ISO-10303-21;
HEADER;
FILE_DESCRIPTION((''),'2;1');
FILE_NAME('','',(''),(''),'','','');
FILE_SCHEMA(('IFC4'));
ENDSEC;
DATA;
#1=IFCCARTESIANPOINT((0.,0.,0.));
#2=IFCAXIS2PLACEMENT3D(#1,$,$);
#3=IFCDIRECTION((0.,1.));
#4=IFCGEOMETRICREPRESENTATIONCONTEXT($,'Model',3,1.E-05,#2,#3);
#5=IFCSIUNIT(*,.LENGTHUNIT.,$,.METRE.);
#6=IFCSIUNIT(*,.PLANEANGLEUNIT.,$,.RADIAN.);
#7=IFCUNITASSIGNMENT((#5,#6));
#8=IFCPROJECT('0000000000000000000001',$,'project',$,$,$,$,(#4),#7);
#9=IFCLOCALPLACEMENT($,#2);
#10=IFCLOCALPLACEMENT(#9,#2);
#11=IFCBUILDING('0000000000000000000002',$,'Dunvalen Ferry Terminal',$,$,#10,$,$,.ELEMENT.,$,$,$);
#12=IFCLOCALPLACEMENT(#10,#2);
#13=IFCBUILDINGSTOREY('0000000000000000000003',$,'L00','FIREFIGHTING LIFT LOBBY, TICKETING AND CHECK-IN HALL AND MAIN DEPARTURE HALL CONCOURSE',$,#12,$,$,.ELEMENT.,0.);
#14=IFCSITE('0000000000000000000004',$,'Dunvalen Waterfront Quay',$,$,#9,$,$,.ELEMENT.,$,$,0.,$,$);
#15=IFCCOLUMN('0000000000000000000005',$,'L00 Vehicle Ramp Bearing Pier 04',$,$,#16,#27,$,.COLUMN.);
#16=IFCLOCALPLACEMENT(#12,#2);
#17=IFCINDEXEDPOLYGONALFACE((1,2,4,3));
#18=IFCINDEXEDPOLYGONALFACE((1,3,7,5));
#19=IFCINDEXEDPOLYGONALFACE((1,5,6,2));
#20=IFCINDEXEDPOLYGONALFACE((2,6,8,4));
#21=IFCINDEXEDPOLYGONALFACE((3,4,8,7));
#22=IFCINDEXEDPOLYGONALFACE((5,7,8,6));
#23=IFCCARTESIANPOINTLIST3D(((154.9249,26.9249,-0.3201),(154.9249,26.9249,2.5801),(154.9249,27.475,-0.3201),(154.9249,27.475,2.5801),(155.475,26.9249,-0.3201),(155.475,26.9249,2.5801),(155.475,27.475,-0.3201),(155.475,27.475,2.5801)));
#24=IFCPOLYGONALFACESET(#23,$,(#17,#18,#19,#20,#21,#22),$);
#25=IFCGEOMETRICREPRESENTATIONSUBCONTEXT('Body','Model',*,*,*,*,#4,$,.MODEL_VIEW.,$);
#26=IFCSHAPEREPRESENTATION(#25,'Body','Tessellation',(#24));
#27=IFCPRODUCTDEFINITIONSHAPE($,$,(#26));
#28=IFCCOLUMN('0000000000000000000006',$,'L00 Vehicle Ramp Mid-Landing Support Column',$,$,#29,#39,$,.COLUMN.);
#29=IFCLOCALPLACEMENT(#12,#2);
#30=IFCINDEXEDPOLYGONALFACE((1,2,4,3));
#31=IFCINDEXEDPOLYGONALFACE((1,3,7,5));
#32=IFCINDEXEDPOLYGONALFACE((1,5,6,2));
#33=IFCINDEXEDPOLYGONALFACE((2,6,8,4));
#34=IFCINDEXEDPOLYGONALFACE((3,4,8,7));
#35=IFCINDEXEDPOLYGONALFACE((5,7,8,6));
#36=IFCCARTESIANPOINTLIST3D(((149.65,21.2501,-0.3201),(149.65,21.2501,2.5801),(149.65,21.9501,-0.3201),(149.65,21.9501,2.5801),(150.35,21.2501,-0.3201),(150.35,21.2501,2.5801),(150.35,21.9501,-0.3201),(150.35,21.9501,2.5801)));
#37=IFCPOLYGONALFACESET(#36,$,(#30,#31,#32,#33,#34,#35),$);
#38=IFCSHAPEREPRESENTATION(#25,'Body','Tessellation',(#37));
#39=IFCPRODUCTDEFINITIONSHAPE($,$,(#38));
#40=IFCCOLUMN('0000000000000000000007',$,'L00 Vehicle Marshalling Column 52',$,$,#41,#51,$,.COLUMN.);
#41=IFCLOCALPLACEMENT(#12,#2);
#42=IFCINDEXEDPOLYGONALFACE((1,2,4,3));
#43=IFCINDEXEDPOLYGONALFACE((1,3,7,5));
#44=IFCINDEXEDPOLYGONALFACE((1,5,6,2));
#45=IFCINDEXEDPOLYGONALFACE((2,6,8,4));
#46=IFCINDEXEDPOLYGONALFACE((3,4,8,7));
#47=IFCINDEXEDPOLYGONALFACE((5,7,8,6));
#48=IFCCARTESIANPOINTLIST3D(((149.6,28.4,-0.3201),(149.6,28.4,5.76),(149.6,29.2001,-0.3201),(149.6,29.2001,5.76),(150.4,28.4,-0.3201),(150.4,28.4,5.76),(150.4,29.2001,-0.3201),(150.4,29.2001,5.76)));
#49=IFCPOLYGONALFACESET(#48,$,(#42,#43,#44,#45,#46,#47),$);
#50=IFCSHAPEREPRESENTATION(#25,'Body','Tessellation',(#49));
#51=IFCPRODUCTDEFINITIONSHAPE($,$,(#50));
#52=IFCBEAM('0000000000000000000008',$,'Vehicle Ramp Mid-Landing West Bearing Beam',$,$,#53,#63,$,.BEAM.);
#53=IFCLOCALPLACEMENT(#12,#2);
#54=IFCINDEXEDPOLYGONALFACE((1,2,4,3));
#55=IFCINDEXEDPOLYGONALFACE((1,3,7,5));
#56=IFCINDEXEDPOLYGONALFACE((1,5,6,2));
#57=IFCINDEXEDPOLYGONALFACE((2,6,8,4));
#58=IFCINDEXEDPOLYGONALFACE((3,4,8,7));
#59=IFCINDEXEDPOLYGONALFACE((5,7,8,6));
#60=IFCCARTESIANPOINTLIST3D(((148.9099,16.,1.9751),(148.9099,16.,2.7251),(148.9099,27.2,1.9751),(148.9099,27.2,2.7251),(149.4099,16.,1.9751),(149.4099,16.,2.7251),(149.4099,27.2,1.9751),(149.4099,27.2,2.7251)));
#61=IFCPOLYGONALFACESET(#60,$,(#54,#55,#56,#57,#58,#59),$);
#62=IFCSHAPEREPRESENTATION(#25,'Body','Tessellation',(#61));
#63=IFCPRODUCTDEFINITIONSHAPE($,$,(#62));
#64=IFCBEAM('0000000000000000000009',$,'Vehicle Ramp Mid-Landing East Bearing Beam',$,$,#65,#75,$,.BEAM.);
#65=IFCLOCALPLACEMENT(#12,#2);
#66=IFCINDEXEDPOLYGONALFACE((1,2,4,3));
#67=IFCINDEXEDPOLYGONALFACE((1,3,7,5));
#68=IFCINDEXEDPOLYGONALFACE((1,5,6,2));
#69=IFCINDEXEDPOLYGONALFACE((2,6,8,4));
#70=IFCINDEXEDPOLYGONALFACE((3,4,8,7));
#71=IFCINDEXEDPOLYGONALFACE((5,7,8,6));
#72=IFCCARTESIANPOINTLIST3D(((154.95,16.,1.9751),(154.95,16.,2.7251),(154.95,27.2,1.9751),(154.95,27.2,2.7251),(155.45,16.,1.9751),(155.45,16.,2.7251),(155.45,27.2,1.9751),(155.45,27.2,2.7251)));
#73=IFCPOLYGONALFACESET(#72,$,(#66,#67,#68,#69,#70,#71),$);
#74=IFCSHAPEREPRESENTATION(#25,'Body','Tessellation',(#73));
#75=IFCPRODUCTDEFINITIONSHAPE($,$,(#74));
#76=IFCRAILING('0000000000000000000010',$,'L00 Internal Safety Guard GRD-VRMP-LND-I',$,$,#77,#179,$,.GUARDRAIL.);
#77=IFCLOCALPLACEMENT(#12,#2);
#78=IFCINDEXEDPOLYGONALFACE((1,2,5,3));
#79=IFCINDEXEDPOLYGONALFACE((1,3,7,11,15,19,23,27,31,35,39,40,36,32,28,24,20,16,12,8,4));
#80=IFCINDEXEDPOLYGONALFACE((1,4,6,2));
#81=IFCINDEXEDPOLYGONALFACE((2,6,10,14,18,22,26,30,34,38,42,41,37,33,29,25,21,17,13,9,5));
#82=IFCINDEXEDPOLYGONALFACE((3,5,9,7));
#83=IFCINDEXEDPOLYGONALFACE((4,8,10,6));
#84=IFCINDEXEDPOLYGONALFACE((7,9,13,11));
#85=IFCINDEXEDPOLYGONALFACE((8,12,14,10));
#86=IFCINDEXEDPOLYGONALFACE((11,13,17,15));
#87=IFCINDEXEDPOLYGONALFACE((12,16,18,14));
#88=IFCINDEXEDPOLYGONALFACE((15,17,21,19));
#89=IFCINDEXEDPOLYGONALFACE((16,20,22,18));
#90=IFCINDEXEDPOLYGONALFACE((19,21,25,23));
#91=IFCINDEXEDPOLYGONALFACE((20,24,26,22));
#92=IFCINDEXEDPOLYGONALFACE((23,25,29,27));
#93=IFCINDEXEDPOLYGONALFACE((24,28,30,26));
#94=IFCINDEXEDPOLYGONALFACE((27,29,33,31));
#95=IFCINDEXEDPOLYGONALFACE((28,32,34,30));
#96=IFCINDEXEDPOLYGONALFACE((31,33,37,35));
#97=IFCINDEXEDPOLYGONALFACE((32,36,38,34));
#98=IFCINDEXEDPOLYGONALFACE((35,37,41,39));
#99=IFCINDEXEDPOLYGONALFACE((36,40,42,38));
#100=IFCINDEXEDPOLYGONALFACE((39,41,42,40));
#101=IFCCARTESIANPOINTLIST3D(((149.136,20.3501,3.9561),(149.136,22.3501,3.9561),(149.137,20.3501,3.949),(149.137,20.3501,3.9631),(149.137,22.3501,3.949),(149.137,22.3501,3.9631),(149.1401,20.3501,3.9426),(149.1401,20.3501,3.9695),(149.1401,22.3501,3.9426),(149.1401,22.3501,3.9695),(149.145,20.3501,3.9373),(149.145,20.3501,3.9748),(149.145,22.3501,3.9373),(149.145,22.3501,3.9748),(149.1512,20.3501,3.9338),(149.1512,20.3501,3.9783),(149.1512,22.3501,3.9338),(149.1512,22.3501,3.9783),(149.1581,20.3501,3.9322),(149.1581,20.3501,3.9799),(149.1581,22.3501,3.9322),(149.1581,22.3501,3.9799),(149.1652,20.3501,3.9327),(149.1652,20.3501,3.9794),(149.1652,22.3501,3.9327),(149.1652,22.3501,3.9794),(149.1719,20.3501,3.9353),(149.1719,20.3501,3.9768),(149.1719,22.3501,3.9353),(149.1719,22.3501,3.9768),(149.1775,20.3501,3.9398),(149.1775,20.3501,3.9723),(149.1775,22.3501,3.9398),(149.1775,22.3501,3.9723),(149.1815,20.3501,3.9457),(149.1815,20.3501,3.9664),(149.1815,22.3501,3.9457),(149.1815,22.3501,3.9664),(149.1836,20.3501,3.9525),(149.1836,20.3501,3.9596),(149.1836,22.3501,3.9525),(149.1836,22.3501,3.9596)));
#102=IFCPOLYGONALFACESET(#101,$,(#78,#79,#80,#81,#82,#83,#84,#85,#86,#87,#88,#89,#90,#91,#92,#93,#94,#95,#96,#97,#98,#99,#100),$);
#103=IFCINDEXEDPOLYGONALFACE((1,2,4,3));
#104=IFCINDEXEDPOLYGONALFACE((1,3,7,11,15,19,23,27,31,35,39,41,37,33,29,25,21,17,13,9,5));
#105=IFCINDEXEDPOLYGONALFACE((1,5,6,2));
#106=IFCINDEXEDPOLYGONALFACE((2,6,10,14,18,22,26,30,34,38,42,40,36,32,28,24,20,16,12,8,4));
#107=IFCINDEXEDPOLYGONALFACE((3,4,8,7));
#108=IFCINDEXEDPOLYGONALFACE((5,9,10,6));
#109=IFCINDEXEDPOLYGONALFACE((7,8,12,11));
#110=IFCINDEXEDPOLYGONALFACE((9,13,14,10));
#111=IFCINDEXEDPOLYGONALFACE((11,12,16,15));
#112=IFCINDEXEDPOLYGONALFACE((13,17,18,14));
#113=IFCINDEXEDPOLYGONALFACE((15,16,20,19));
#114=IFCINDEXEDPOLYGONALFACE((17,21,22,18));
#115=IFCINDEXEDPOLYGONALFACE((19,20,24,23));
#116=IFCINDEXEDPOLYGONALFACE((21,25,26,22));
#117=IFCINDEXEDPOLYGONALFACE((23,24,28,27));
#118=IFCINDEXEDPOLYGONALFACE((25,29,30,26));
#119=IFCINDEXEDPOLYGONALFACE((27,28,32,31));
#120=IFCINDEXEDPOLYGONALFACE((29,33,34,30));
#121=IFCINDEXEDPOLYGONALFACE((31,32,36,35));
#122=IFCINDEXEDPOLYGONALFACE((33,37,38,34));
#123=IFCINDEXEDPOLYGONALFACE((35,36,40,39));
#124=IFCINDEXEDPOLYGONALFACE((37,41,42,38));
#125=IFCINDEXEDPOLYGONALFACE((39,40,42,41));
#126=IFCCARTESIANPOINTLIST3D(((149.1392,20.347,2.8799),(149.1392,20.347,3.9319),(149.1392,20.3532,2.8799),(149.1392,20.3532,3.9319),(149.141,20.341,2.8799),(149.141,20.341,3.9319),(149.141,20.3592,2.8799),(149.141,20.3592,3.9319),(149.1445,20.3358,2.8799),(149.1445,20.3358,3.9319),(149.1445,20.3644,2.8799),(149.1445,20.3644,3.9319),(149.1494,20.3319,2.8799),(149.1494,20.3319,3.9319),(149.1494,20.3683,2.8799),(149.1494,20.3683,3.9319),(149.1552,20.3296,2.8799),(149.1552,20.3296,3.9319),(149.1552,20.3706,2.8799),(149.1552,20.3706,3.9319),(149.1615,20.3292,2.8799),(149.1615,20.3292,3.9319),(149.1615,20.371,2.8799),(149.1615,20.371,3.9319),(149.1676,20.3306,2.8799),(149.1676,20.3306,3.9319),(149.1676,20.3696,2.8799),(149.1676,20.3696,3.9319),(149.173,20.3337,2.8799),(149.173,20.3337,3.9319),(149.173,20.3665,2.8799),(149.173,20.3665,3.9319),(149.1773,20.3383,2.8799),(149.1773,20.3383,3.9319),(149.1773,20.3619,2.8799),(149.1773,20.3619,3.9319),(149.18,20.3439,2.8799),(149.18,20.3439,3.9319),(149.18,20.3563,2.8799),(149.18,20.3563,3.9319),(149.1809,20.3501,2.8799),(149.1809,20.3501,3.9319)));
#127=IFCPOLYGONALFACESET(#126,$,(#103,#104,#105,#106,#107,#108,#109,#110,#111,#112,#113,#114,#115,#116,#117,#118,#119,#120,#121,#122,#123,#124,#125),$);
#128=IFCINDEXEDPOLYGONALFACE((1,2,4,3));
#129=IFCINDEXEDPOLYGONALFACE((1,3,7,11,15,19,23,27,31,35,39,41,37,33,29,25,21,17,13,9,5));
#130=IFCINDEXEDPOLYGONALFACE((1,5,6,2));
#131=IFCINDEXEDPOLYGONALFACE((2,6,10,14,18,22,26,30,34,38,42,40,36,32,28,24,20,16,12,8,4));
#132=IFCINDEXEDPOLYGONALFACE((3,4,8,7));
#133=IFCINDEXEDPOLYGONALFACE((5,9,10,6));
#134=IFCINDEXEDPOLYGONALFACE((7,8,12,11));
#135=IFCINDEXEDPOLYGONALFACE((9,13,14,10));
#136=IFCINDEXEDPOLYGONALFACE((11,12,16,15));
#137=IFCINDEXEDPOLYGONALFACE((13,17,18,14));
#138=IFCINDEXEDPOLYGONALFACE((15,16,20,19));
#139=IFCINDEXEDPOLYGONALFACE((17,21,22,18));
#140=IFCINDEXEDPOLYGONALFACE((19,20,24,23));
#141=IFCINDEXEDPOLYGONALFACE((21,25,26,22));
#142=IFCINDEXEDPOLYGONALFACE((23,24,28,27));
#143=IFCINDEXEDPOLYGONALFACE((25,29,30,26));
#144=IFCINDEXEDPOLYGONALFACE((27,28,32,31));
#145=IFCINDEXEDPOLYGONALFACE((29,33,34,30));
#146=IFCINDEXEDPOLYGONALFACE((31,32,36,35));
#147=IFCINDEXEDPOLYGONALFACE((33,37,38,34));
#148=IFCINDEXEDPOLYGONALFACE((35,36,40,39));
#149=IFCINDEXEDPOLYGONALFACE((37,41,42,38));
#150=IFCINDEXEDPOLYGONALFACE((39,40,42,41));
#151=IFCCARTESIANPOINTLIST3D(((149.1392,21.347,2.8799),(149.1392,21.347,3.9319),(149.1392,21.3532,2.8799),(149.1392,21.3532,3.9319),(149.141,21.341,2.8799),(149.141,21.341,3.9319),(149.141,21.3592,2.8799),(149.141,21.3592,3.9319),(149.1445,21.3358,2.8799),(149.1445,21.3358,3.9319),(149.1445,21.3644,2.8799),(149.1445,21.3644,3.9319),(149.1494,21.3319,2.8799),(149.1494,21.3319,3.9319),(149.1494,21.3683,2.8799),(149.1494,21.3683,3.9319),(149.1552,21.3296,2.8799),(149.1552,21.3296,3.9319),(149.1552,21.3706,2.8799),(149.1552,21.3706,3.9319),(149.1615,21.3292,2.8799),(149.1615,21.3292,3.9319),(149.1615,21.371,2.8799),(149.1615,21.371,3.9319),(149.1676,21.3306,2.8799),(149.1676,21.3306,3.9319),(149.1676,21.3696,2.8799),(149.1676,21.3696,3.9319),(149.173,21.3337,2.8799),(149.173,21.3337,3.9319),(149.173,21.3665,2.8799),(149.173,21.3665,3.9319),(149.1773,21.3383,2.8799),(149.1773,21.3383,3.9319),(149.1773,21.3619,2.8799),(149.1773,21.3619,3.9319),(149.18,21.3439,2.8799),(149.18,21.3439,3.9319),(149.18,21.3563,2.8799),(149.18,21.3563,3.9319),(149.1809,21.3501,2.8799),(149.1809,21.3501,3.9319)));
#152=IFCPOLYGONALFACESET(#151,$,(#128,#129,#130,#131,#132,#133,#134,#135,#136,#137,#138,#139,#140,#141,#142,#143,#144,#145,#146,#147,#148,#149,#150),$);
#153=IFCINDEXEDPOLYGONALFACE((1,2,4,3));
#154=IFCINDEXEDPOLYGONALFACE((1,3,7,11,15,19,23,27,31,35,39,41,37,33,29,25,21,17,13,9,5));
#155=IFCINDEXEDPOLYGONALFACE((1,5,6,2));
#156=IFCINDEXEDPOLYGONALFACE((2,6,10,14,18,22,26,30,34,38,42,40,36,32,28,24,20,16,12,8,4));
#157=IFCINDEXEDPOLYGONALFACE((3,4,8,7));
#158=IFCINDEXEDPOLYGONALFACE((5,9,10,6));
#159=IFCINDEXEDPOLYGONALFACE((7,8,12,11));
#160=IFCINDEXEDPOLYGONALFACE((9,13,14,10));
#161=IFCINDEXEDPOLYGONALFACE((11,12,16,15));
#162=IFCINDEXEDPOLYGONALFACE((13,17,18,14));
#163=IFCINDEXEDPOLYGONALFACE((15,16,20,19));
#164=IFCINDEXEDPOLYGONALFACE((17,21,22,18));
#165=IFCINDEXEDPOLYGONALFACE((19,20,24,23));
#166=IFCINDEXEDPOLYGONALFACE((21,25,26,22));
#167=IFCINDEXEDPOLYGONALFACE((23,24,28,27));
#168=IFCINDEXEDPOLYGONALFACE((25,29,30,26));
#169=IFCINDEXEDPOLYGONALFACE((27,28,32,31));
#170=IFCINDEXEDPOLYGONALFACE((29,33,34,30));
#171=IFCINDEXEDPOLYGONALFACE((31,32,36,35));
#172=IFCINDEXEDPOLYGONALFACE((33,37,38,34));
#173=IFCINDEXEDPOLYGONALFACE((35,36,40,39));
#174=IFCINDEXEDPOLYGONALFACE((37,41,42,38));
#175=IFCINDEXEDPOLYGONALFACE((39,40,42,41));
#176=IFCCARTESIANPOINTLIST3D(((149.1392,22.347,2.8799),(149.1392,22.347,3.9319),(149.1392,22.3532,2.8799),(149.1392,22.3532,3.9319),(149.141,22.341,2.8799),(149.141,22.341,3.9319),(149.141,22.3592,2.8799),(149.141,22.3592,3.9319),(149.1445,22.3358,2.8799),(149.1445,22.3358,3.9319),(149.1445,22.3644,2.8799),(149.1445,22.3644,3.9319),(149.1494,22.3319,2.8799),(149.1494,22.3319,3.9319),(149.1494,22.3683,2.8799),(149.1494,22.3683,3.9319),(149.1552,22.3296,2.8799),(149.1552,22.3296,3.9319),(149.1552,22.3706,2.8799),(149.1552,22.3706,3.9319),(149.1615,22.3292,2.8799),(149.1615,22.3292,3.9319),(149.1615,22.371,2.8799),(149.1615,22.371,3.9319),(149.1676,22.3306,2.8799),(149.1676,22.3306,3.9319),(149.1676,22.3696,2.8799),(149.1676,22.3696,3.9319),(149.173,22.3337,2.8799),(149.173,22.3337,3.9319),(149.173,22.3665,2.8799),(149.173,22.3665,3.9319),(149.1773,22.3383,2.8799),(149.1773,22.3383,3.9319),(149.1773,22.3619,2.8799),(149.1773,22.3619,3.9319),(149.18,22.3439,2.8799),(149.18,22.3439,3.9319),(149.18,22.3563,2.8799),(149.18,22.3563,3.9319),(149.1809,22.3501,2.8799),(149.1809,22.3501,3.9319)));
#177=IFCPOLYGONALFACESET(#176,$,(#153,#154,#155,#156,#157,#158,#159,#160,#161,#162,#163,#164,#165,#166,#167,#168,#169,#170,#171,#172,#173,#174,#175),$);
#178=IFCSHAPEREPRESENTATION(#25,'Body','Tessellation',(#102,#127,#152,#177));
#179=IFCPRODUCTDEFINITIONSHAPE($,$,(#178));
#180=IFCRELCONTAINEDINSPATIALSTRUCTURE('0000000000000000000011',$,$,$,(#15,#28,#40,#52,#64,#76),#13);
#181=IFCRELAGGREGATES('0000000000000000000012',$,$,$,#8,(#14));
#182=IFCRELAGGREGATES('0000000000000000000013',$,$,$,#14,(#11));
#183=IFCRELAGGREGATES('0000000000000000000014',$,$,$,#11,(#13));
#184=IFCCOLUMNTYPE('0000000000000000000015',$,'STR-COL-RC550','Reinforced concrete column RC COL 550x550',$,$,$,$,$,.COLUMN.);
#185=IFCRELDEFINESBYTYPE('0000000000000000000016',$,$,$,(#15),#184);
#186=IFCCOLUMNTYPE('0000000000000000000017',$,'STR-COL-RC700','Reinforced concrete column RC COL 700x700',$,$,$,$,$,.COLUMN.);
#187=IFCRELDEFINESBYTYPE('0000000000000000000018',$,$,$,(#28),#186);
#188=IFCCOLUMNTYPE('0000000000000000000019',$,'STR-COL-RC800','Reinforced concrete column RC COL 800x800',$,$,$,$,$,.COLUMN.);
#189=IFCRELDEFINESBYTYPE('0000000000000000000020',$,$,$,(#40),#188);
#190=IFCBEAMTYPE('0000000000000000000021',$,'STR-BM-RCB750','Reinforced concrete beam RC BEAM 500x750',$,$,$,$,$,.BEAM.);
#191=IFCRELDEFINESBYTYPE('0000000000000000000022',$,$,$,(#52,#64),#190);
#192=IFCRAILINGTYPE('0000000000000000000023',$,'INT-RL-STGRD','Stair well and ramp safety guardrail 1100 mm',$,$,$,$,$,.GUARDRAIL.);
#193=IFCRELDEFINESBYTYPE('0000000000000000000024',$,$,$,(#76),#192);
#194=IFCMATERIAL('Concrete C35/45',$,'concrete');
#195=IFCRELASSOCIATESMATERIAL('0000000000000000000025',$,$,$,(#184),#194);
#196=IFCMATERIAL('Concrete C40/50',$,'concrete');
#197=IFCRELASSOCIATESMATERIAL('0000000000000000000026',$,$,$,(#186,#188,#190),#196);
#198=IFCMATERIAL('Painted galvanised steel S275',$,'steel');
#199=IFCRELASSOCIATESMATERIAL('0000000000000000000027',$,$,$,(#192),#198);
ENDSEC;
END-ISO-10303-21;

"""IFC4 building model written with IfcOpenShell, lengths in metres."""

from ifc_helpers import new_model, si_unit, direction, frame, origin, origin_2d, place, context, subcontext, project, spatial, rectangle, circle, extrude, material, material_profile, profile_set, type_object, element, save


model = new_model("IFC4")

# Units and contexts
model_context = context("Model", 3, precision=1e-05, world=origin(), true_north=direction((0.0, 1.0)))
body_context = subcontext(model_context, "Body", "Model", "MODEL_VIEW")
ifc_project = project(units=[si_unit("LENGTHUNIT", "METRE"), si_unit("PLANEANGLEUNIT", "RADIAN")], contexts=[model_context])

# Site, building, storey
site_placement = place(None, origin())
site = spatial("IfcSite", under=ifc_project, at=site_placement, Name="Dunvalen Waterfront Quay", CompositionType="ELEMENT", RefElevation=0.0)
building_placement = place(site_placement, origin())
building = spatial("IfcBuilding", under=site, at=building_placement, Name="Dunvalen Ferry Terminal", CompositionType="ELEMENT")
storey_placement = place(building_placement, origin())
storey = spatial("IfcBuildingStorey", under=building, at=storey_placement, Name="L00", Description="FIREFIGHTING LIFT LOBBY, TICKETING AND CHECK-IN HALL AND MAIN DEPARTURE HALL CONCOURSE", CompositionType="ELEMENT", Elevation=0.0)

# Shared definitions
ifc_material_1 = material(Name="Concrete C40/50", Category="concrete")

# Columns
ifc_material_2 = material(Name="Concrete C35/45", Category="concrete")
ifc_material_profile_1 = material_profile(ifc_material_2, rectangle(XDim=0.55, YDim=0.55, at=origin_2d()), Name="Concrete C35/45")
ifc_profile_set_1 = profile_set([ifc_material_profile_1], Name="Concrete C35/45")
column_type_1 = type_object("IfcColumnType", Name="STR-COL-RC550", Description="Reinforced concrete column RC COL 550x550", PredefinedType="COLUMN", material=ifc_profile_set_1)
for number, where, z_axis, x_axis, name in (
    (1, (155.2, 27.2, -0.3201), (0.0, 0.0, 1.0), (1.0, 0.0, 0.0), "L00 Vehicle Ramp Bearing Pier 04"),
):
    element("IfcColumn", number, at=place(storey_placement, frame(where, z_axis=z_axis, x_axis=x_axis)), inside=storey, type_object=column_type_1, Name=name, PredefinedType="COLUMN", context=body_context, shape_type="SweptSolid", body=[
        extrude(rectangle(XDim=0.55, YDim=0.55, at=origin_2d()), origin(), (0.0, 0.0, 1.0), 2.9001),
    ])
ifc_material_profile_2 = material_profile(ifc_material_1, rectangle(XDim=0.7, YDim=0.7, at=origin_2d()), Name="Concrete C40/50")
ifc_profile_set_2 = profile_set([ifc_material_profile_2], Name="Concrete C40/50")
column_type_2 = type_object("IfcColumnType", Name="STR-COL-RC700", Description="Reinforced concrete column RC COL 700x700", PredefinedType="COLUMN", material=ifc_profile_set_2)
column_1_placement = place(storey_placement, frame((150.0, 21.6001, -0.3201), z_axis=(0.0, 0.0, 1.0), x_axis=(1.0, 0.0, 0.0)))
element("IfcColumn", 2, at=column_1_placement, inside=storey, type_object=column_type_2, Name="L00 Vehicle Ramp Mid-Landing Support Column", PredefinedType="COLUMN", context=body_context, shape_type="SweptSolid", body=[
    extrude(rectangle(XDim=0.7, YDim=0.7, at=origin_2d()), origin(), (0.0, 0.0, 1.0), 2.9001),
])
ifc_material_profile_3 = material_profile(ifc_material_1, rectangle(XDim=0.8, YDim=0.8, at=origin_2d()), Name="Concrete C40/50")
ifc_profile_set_3 = profile_set([ifc_material_profile_3], Name="Concrete C40/50")
column_type_3 = type_object("IfcColumnType", Name="STR-COL-RC800", Description="Reinforced concrete column RC COL 800x800", PredefinedType="COLUMN", material=ifc_profile_set_3)
column_2_placement = place(storey_placement, frame((150.0, 28.8, -0.3201), z_axis=(0.0, 0.0, 1.0), x_axis=(1.0, 0.0, 0.0)))
element("IfcColumn", 3, at=column_2_placement, inside=storey, type_object=column_type_3, Name="L00 Vehicle Marshalling Column 52", PredefinedType="COLUMN", context=body_context, shape_type="SweptSolid", body=[
    extrude(rectangle(XDim=0.8, YDim=0.8, at=origin_2d()), origin(), (0.0, 0.0, 1.0), 6.0801),
])

# Beams
ifc_material_profile_4 = material_profile(ifc_material_1, rectangle(XDim=0.5, YDim=0.75, at=origin_2d()), Name="Concrete C40/50")
ifc_profile_set_4 = profile_set([ifc_material_profile_4], Name="Concrete C40/50")
beam_type = type_object("IfcBeamType", Name="STR-BM-RCB750", Description="Reinforced concrete beam RC BEAM 500x750", PredefinedType="BEAM", material=ifc_profile_set_4)
for number, where, z_axis, x_axis, name in (
    (4, (149.1599, 16.0, 2.3501), (0.0, 1.0, 0.0), (-1.0, 0.0, 0.0), "Vehicle Ramp Mid-Landing West Bearing Beam"),
    (5, (155.2, 16.0, 2.3501), (0.0, 1.0, 0.0), (-1.0, 0.0, 0.0), "Vehicle Ramp Mid-Landing East Bearing Beam"),
):
    element("IfcBeam", number, at=place(storey_placement, frame(where, z_axis=z_axis, x_axis=x_axis)), inside=storey, type_object=beam_type, Name=name, PredefinedType="BEAM", context=body_context, shape_type="SweptSolid", body=[
        extrude(rectangle(XDim=0.5, YDim=0.75, at=origin_2d()), origin(), (0.0, 0.0, 1.0), 11.2),
    ])

# Railing
ifc_material_3 = material(Name="Painted galvanised steel S275", Category="steel")
railing_type = type_object("IfcRailingType", Name="INT-RL-STGRD", Description="Stair well and ramp safety guardrail 1100 mm", PredefinedType="GUARDRAIL", material=ifc_material_3)
railing_1_placement = place(storey_placement, frame((149.1599, 20.3501, 2.8799)))
element("IfcRailing", 6, at=railing_1_placement, inside=storey, type_object=railing_type, Name="L00 Internal Safety Guard GRD-VRMP-LND-I", PredefinedType="GUARDRAIL", context=body_context, shape_type="SweptSolid", body=[
    extrude(circle(Radius=0.0239, at=origin_2d()), frame((0.0, 0.0, 1.0762), z_axis=(0.0, 1.0, 0.0), x_axis=(-1.0, 0.0, 0.0)), (0.0, 0.0, 1.0), 2.0),
    extrude(circle(Radius=0.021, at=origin_2d()), origin(), (0.0, 0.0, 1.0), 1.052),
    extrude(circle(Radius=0.021, at=origin_2d()), frame((0.0, 1.0, 0.0)), (0.0, 0.0, 1.0), 1.052),
    extrude(circle(Radius=0.021, at=origin_2d()), frame((0.0, 2.0, 0.0)), (0.0, 0.0, 1.0), 1.052),
])

save(model, "model.ifc")
